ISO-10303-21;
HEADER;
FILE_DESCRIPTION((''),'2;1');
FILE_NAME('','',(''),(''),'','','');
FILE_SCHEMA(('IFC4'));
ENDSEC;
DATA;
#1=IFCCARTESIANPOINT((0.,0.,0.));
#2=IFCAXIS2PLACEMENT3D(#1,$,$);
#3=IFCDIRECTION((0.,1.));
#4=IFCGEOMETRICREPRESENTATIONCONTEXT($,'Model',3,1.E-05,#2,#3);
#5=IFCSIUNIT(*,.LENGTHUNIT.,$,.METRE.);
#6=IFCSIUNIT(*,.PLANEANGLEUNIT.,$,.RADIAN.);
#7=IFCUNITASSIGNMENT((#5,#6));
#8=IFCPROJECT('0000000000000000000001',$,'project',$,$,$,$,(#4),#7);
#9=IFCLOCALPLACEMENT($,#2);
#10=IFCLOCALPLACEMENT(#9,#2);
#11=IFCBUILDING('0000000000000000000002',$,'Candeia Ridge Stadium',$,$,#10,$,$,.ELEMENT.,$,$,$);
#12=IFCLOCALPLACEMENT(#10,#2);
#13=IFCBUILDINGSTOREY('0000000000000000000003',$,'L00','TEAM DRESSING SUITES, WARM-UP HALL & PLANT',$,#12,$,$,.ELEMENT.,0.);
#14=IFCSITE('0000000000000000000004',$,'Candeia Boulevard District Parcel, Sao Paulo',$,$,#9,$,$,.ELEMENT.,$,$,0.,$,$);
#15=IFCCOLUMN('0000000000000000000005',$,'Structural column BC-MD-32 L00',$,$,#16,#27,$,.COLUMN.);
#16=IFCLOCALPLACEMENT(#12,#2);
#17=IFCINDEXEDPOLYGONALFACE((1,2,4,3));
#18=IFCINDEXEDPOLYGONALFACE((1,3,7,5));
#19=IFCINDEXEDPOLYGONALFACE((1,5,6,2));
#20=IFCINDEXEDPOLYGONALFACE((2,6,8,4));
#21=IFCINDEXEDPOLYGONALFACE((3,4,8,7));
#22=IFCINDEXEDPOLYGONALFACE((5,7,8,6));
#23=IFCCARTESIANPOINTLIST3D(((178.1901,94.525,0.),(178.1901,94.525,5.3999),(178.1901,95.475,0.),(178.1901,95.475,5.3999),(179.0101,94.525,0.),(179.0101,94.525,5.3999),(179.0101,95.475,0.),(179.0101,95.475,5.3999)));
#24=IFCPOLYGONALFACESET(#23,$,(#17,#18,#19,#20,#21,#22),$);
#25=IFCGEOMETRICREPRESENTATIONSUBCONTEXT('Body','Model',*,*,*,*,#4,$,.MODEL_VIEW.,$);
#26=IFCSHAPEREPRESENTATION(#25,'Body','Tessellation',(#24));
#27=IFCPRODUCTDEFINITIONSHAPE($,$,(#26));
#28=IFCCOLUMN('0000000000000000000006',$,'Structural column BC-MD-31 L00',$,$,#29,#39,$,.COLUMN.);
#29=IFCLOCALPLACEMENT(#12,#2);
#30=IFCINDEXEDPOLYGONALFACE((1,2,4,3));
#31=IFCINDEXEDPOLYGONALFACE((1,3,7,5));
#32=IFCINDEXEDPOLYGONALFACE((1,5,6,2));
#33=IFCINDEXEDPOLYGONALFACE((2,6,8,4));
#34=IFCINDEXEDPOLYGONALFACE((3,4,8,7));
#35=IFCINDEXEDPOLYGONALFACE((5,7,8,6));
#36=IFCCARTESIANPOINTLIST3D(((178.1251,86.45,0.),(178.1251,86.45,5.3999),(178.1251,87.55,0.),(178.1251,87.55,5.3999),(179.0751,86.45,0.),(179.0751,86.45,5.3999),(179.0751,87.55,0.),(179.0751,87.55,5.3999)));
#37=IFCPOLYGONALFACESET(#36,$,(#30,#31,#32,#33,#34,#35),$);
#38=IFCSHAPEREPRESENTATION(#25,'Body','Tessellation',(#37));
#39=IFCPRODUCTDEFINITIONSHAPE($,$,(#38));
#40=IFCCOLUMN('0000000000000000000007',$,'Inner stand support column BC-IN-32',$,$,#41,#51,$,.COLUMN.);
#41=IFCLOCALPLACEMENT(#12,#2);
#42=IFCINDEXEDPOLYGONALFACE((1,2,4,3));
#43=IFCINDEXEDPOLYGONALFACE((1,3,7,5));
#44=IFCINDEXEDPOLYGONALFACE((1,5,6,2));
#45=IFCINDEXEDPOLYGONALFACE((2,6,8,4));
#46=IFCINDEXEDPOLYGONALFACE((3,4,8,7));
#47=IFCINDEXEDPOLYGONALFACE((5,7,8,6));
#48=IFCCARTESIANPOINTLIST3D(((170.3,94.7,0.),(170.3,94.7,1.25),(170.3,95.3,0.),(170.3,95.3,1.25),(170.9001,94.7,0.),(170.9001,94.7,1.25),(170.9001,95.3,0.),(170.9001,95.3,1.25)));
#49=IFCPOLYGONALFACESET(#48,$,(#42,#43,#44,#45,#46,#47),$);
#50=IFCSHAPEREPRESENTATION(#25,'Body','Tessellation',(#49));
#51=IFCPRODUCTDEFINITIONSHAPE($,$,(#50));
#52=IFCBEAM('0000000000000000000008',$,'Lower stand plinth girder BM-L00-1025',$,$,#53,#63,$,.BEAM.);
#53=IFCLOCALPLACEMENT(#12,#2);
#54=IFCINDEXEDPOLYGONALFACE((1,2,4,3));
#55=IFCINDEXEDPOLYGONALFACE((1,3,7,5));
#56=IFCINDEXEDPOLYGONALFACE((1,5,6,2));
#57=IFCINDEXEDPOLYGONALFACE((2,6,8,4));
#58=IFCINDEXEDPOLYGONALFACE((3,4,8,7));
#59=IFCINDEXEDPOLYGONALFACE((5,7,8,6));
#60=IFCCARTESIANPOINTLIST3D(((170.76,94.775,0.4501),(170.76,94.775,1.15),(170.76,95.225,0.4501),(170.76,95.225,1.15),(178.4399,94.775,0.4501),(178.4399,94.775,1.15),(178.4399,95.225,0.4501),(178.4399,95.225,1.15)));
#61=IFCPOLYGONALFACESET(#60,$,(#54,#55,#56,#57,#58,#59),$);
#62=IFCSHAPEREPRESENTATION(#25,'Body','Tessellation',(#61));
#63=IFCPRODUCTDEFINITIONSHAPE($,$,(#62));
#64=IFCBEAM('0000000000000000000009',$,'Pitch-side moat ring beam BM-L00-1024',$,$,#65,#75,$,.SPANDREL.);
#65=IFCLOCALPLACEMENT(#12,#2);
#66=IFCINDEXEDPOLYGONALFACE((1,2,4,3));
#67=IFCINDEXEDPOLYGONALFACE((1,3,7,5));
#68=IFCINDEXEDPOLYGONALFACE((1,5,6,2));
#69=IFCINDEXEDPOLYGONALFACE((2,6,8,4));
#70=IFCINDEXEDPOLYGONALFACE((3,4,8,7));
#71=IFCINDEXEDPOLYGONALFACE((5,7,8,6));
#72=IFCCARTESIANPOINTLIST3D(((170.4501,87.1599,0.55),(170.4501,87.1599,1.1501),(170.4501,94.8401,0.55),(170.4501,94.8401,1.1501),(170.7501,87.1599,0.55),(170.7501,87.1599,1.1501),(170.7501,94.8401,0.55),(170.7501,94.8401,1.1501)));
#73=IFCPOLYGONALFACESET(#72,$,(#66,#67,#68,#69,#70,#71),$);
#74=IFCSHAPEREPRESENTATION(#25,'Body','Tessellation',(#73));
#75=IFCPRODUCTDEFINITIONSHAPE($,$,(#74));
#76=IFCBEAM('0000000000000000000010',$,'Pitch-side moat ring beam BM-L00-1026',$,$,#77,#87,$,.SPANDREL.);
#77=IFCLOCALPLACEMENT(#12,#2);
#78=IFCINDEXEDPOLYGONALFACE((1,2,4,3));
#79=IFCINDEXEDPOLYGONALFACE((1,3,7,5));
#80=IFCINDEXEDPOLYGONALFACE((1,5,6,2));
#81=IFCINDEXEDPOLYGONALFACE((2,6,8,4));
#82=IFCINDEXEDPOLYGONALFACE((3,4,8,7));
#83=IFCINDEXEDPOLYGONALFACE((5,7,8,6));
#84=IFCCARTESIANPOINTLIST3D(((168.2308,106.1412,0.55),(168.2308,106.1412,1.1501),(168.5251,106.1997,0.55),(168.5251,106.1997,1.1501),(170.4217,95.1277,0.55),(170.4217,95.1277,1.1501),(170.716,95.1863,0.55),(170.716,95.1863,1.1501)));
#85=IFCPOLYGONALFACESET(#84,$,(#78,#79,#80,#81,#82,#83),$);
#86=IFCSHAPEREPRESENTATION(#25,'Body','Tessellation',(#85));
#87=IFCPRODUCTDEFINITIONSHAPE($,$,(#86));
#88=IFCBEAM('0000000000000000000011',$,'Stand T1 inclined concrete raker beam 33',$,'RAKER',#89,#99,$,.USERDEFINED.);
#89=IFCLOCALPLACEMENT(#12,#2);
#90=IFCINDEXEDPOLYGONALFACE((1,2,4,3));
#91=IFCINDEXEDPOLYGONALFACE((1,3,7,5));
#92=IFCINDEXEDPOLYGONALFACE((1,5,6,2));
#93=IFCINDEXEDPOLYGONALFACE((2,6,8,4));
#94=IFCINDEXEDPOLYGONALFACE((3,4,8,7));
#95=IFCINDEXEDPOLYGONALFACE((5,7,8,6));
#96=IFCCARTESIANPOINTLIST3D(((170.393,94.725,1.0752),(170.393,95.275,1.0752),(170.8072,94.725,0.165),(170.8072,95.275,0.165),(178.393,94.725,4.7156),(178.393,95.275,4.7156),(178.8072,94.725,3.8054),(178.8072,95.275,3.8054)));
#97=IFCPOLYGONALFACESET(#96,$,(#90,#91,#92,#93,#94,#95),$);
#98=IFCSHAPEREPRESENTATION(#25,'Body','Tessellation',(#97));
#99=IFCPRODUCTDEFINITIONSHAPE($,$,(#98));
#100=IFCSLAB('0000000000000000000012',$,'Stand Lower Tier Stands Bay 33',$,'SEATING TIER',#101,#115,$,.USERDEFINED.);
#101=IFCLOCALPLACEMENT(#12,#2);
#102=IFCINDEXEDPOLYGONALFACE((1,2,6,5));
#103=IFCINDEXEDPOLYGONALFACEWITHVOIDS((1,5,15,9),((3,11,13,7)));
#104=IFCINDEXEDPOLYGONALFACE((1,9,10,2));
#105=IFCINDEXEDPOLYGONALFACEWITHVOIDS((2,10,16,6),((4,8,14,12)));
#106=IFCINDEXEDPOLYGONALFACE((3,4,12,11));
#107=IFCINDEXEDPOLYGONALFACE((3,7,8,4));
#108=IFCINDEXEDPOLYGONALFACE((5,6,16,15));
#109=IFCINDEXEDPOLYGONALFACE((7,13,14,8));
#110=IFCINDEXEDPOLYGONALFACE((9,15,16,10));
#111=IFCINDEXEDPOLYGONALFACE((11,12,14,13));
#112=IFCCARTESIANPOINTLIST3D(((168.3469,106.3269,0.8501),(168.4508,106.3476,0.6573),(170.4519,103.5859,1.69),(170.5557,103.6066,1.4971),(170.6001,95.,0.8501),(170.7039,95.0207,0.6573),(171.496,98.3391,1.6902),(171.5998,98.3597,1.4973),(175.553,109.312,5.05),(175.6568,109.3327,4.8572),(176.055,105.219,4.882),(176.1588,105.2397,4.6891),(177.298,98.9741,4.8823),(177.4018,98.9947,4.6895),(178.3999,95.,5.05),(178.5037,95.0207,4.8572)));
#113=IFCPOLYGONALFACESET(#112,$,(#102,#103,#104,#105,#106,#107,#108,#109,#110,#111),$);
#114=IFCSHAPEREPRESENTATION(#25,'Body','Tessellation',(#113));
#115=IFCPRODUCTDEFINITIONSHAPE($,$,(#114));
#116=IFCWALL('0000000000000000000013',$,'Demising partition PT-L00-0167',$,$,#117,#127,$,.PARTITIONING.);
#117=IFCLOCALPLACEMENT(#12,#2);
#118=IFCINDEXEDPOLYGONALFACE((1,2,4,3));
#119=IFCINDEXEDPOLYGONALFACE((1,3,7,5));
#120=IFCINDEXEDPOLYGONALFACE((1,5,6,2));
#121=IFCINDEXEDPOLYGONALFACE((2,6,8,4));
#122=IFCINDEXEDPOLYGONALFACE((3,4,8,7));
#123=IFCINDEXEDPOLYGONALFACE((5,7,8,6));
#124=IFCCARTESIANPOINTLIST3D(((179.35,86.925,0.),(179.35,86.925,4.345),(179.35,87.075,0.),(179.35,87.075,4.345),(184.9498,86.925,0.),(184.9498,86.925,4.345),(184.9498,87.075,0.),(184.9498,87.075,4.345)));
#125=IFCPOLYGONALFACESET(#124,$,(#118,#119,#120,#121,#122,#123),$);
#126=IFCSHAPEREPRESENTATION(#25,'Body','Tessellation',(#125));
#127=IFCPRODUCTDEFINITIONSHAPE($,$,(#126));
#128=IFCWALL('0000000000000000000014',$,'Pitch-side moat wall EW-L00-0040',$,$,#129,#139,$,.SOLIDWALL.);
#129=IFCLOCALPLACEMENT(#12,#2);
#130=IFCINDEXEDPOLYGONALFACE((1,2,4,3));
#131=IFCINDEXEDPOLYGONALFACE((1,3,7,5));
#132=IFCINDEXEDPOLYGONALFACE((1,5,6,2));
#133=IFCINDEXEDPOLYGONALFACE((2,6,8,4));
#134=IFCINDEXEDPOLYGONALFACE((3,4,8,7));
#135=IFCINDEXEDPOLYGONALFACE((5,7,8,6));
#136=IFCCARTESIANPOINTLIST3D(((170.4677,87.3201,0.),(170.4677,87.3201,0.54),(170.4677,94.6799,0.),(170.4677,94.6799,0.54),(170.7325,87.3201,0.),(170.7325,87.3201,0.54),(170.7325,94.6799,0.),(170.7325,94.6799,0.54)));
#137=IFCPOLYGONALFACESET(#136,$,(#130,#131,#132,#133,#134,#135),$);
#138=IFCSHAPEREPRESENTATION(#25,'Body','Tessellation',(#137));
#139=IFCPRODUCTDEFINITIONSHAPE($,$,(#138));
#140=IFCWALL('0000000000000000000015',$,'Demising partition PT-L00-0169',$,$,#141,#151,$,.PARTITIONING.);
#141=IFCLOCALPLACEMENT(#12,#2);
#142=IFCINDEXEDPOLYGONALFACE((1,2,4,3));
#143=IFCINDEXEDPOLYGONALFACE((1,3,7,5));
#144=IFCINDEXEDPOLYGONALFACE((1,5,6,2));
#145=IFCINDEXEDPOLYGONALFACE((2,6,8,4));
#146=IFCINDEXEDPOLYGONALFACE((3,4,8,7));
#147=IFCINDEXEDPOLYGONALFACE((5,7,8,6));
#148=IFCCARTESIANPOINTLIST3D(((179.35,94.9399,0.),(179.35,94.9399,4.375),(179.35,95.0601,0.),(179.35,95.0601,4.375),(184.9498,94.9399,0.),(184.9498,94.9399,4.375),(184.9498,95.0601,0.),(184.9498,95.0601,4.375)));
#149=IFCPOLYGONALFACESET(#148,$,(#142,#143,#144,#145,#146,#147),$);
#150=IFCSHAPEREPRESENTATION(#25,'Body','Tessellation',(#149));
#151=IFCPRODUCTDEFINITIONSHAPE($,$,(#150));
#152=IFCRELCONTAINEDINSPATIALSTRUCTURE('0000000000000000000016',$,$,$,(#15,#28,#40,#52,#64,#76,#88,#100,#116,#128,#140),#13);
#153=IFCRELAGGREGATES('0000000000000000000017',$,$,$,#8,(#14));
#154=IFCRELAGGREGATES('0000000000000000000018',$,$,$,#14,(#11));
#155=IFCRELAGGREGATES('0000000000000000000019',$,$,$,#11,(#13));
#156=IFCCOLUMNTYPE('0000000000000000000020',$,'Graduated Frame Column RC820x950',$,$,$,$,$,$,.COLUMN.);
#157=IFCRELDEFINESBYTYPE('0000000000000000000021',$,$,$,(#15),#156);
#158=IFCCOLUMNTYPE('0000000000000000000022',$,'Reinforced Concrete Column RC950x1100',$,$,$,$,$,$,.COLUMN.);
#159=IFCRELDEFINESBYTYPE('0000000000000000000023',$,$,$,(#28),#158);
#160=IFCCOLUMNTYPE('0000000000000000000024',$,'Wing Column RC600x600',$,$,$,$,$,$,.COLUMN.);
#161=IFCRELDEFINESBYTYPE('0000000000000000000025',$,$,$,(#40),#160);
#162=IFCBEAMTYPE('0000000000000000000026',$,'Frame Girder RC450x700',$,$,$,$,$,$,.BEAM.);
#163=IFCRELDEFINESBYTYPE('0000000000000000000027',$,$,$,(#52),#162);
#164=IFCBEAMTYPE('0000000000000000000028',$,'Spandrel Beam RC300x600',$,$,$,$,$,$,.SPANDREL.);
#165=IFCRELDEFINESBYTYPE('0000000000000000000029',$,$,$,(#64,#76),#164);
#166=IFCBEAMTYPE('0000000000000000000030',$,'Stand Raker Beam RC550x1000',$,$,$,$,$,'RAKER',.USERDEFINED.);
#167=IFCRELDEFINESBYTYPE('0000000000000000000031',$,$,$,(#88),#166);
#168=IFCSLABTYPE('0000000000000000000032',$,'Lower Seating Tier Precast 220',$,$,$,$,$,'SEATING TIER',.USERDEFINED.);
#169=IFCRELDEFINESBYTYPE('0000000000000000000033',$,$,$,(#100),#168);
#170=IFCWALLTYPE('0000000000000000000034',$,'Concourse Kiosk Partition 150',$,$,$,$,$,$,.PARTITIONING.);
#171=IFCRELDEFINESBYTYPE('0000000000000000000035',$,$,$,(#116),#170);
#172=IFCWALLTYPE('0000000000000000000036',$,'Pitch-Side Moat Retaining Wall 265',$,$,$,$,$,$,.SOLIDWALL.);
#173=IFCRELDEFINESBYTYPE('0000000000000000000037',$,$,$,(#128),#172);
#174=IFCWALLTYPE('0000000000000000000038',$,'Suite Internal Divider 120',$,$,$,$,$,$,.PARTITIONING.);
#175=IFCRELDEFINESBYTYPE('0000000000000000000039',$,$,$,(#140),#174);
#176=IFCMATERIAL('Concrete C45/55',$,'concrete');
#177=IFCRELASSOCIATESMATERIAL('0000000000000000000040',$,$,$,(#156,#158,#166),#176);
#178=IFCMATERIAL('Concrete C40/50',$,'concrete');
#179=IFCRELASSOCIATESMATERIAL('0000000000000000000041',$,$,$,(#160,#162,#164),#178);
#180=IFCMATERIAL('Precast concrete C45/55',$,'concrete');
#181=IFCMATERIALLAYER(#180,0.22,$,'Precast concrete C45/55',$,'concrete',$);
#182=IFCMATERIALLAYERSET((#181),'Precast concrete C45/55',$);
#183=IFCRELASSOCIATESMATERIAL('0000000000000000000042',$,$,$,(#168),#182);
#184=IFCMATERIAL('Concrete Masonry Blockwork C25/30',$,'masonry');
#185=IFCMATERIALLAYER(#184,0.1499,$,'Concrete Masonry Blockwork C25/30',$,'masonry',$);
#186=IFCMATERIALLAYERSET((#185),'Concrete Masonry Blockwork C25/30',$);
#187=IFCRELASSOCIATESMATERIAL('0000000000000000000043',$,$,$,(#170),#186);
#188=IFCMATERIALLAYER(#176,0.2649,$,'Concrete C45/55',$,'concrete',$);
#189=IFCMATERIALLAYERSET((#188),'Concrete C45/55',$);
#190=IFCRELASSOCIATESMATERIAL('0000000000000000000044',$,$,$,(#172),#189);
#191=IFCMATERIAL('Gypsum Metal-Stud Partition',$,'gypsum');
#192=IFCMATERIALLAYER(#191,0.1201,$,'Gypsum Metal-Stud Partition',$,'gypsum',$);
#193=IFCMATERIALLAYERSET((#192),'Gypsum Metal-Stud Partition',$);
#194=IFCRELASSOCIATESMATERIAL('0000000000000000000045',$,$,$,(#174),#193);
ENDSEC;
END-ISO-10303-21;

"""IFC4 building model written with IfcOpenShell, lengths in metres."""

from ifc_helpers import new_model, si_unit, direction, frame, frame_2d, origin, origin_2d, place, context, subcontext, project, spatial, polyline, rectangle, outline, extrude, material, layer, layer_set, material_profile, profile_set, type_object, element, save


model = new_model("IFC4")

# Units and contexts
model_context = context("Model", 3, precision=1e-05, world=origin(), true_north=direction((0.0, 1.0)))
body_context = subcontext(model_context, "Body", "Model", "MODEL_VIEW")
ifc_project = project(units=[si_unit("LENGTHUNIT", "METRE"), si_unit("PLANEANGLEUNIT", "RADIAN")], contexts=[model_context])

# Site, building, storey
site_placement = place(None, origin())
site = spatial("IfcSite", under=ifc_project, at=site_placement, Name="Candeia Boulevard District Parcel, Sao Paulo", CompositionType="ELEMENT", RefElevation=0.0)
building_placement = place(site_placement, origin())
building = spatial("IfcBuilding", under=site, at=building_placement, Name="Candeia Ridge Stadium", CompositionType="ELEMENT")
storey_placement = place(building_placement, origin())
storey = spatial("IfcBuildingStorey", under=building, at=storey_placement, Name="L00", Description="TEAM DRESSING SUITES, WARM-UP HALL & PLANT", CompositionType="ELEMENT", Elevation=0.0)

# Shared definitions
ifc_material_1 = material(Name="Concrete C40/50", Category="concrete")

# Columns
ifc_material_2 = material(Name="Concrete C45/55", Category="concrete")
ifc_material_profile_1 = material_profile(ifc_material_2, rectangle(XDim=0.8201, YDim=0.95, at=origin_2d()), Name="RC820x950", Category="concrete")
ifc_profile_set_1 = profile_set([ifc_material_profile_1], Name="Concrete C45/55")
column_type_1 = type_object("IfcColumnType", Name="Graduated Frame Column RC820x950", PredefinedType="COLUMN", material=ifc_profile_set_1)
column_1_placement = place(storey_placement, frame((178.6001, 95.0, 0.0), z_axis=(0.0, 0.0, 1.0), x_axis=(1.0, 0.0, 0.0)))
element("IfcColumn", 1, at=column_1_placement, inside=storey, type_object=column_type_1, Name="Structural column BC-MD-32 L00", PredefinedType="COLUMN", context=body_context, shape_type="SweptSolid", body=[
    extrude(rectangle(XDim=0.8201, YDim=0.95, at=origin_2d()), origin(), (0.0, 0.0, 1.0), 5.3999),
])
ifc_material_profile_2 = material_profile(ifc_material_2, rectangle(XDim=0.95, YDim=1.1001, at=origin_2d()), Name="RC950x1100", Category="concrete")
ifc_profile_set_2 = profile_set([ifc_material_profile_2], Name="Concrete C45/55")
column_type_2 = type_object("IfcColumnType", Name="Reinforced Concrete Column RC950x1100", PredefinedType="COLUMN", material=ifc_profile_set_2)
column_2_placement = place(storey_placement, frame((178.6001, 87.0, 0.0), z_axis=(0.0, 0.0, 1.0), x_axis=(1.0, 0.0, 0.0)))
element("IfcColumn", 2, at=column_2_placement, inside=storey, type_object=column_type_2, Name="Structural column BC-MD-31 L00", PredefinedType="COLUMN", context=body_context, shape_type="SweptSolid", body=[
    extrude(rectangle(XDim=0.95, YDim=1.1001, at=origin_2d()), origin(), (0.0, 0.0, 1.0), 5.3999),
])
ifc_material_profile_3 = material_profile(ifc_material_1, rectangle(XDim=0.6001, YDim=0.6001, at=origin_2d()), Name="RC600x600", Category="concrete")
ifc_profile_set_3 = profile_set([ifc_material_profile_3], Name="Concrete C40/50")
column_type_3 = type_object("IfcColumnType", Name="Wing Column RC600x600", PredefinedType="COLUMN", material=ifc_profile_set_3)
column_3_placement = place(storey_placement, frame((170.6001, 95.0, 0.0), z_axis=(0.0, 0.0, 1.0), x_axis=(1.0, 0.0, 0.0)))
element("IfcColumn", 3, at=column_3_placement, inside=storey, type_object=column_type_3, Name="Inner stand support column BC-IN-32", PredefinedType="COLUMN", context=body_context, shape_type="SweptSolid", body=[
    extrude(rectangle(XDim=0.6001, YDim=0.6001, at=origin_2d()), origin(), (0.0, 0.0, 1.0), 1.25),
])

# Beams
ifc_material_profile_4 = material_profile(ifc_material_1, rectangle(XDim=0.45, YDim=0.7, at=origin_2d()), Name="RC450x700", Category="concrete")
ifc_profile_set_4 = profile_set([ifc_material_profile_4], Name="Concrete C40/50")
beam_type_1 = type_object("IfcBeamType", Name="Frame Girder RC450x700", PredefinedType="BEAM", material=ifc_profile_set_4)
beam_1_placement = place(storey_placement, frame((170.76, 95.0, 0.8), z_axis=(1.0, 0.0, 0.0), x_axis=(0.0, 1.0, 0.0)))
element("IfcBeam", 4, at=beam_1_placement, inside=storey, type_object=beam_type_1, Name="Lower stand plinth girder BM-L00-1025", PredefinedType="BEAM", context=body_context, shape_type="SweptSolid", body=[
    extrude(rectangle(XDim=0.45, YDim=0.7, at=origin_2d()), origin(), (0.0, 0.0, 1.0), 7.6799),
])
ifc_material_profile_5 = material_profile(ifc_material_1, rectangle(XDim=0.3, YDim=0.6001, at=origin_2d()), Name="RC300x600", Category="concrete")
ifc_profile_set_5 = profile_set([ifc_material_profile_5], Name="Concrete C40/50")
beam_type_2 = type_object("IfcBeamType", Name="Spandrel Beam RC300x600", PredefinedType="SPANDREL", material=ifc_profile_set_5)
beam_2_placement = place(storey_placement, frame((170.6001, 87.1599, 0.8501), z_axis=(0.0, 1.0, 0.0), x_axis=(-1.0, 0.0, 0.0)))
element("IfcBeam", 5, at=beam_2_placement, inside=storey, type_object=beam_type_2, Name="Pitch-side moat ring beam BM-L00-1024", PredefinedType="SPANDREL", context=body_context, shape_type="SweptSolid", body=[
    extrude(rectangle(XDim=0.3, YDim=0.6001, at=origin_2d()), origin(), (0.0, 0.0, 1.0), 7.6802),
])
beam_3_placement = place(storey_placement, frame((170.5688, 95.157, 0.8501), z_axis=(-0.195108, 0.980782, 0.0), x_axis=(-0.980782, -0.195108, 0.0)))
element("IfcBeam", 6, at=beam_3_placement, inside=storey, type_object=beam_type_2, Name="Pitch-side moat ring beam BM-L00-1026", PredefinedType="SPANDREL", context=body_context, shape_type="SweptSolid", body=[
    extrude(rectangle(XDim=0.3, YDim=0.6001, at=origin_2d()), origin(), (0.0, 0.0, 1.0), 11.2292),
])
ifc_material_profile_6 = material_profile(ifc_material_2, rectangle(XDim=0.55, YDim=1.0, at=origin_2d()), Name="RC550x1000", Category="concrete")
ifc_profile_set_6 = profile_set([ifc_material_profile_6], Name="Concrete C45/55")
beam_type_3 = type_object("IfcBeamType", Name="Stand Raker Beam RC550x1000", ElementType="RAKER", PredefinedType="USERDEFINED", material=ifc_profile_set_6)
beam_4_placement = place(storey_placement, frame((170.6001, 95.0, 0.6201), z_axis=(0.910194, 0.0, 0.414182), x_axis=(0.0, 1.0, 0.0)))
element("IfcBeam", 7, at=beam_4_placement, inside=storey, type_object=beam_type_3, Name="Stand T1 inclined concrete raker beam 33", ObjectType="RAKER", PredefinedType="USERDEFINED", context=body_context, shape_type="SweptSolid", body=[
    extrude(rectangle(XDim=0.55, YDim=1.0, at=origin_2d()), origin(), (0.0, 0.0, 1.0), 8.7893),
])

# Slab
ifc_material_3 = material(Name="Precast concrete C45/55", Category="concrete")
ifc_layer_1 = layer(ifc_material_3, 0.22, Name="Precast concrete C45/55", Category="concrete")
ifc_layer_set_1 = layer_set([ifc_layer_1], Name="Precast concrete C45/55")
slab_type = type_object("IfcSlabType", Name="Lower Seating Tier Precast 220", ElementType="SEATING TIER", PredefinedType="USERDEFINED", material=ifc_layer_set_1)
slab_placement = place(storey_placement, frame((170.6001, 95.0, 0.8501), z_axis=(-0.472009, -0.093892, 0.876579), x_axis=(-0.195099, 0.980784, -0.000001)))
element("IfcSlab", 8, at=slab_placement, inside=storey, type_object=slab_type, Name="Stand Lower Tier Stands Bay 33", ObjectType="SEATING TIER", PredefinedType="USERDEFINED", context=body_context, shape_type="SweptSolid", body=[
    extrude(outline(polyline([(0.0, 0.0), (11.5488, 0.0), (13.0707, -8.7271), (-1.5217, -8.727), (0.0, 0.0)]), holes=[polyline([(3.1001, -1.7456), (8.4499, -1.7451), (8.9584, -8.3778), (2.591, -8.3786), (3.1001, -1.7456)])]), origin(), (0.0, 0.0, -1.0), 0.22),
])

# Walls
ifc_material_4 = material(Name="Concrete Masonry Blockwork C25/30", Category="masonry")
ifc_layer_2 = layer(ifc_material_4, 0.1499, Name="Concrete Masonry Blockwork C25/30", Category="masonry")
ifc_layer_set_2 = layer_set([ifc_layer_2], Name="Concrete Masonry Blockwork C25/30")
wall_type_1 = type_object("IfcWallType", Name="Concourse Kiosk Partition 150", PredefinedType="PARTITIONING", material=ifc_layer_set_2)
wall_1_placement = place(storey_placement, frame((179.3501, 87.0, 0.0), z_axis=(0.0, 0.0, 1.0), x_axis=(1.0, 0.0, 0.0)))
element("IfcWall", 9, at=wall_1_placement, inside=storey, type_object=wall_type_1, Name="Demising partition PT-L00-0167", PredefinedType="PARTITIONING", context=body_context, shape_type="SweptSolid", body=[
    extrude(rectangle(XDim=5.5999, YDim=0.1499, at=frame_2d((2.7998, 0.0))), origin(), (0.0, 0.0, 1.0), 4.345),
])
ifc_layer_3 = layer(ifc_material_2, 0.2649, Name="Concrete C45/55", Category="concrete")
ifc_layer_set_3 = layer_set([ifc_layer_3], Name="Concrete C45/55")
wall_type_2 = type_object("IfcWallType", Name="Pitch-Side Moat Retaining Wall 265", PredefinedType="SOLIDWALL", material=ifc_layer_set_3)
wall_2_placement = place(storey_placement, frame((170.6001, 87.3201, 0.0), z_axis=(0.0, 0.0, 1.0), x_axis=(0.0, 1.0, 0.0)))
element("IfcWall", 10, at=wall_2_placement, inside=storey, type_object=wall_type_2, Name="Pitch-side moat wall EW-L00-0040", PredefinedType="SOLIDWALL", context=body_context, shape_type="SweptSolid", body=[
    extrude(rectangle(XDim=7.3599, YDim=0.2649, at=frame_2d((3.6799, 0.0))), origin(), (0.0, 0.0, 1.0), 0.54),
])
ifc_material_5 = material(Name="Gypsum Metal-Stud Partition", Category="gypsum")
ifc_layer_4 = layer(ifc_material_5, 0.1201, Name="Gypsum Metal-Stud Partition", Category="gypsum")
ifc_layer_set_4 = layer_set([ifc_layer_4], Name="Gypsum Metal-Stud Partition")
wall_type_3 = type_object("IfcWallType", Name="Suite Internal Divider 120", PredefinedType="PARTITIONING", material=ifc_layer_set_4)
wall_3_placement = place(storey_placement, frame((179.3501, 95.0, 0.0), z_axis=(0.0, 0.0, 1.0), x_axis=(1.0, 0.0, 0.0)))
element("IfcWall", 11, at=wall_3_placement, inside=storey, type_object=wall_type_3, Name="Demising partition PT-L00-0169", PredefinedType="PARTITIONING", context=body_context, shape_type="SweptSolid", body=[
    extrude(rectangle(XDim=5.5999, YDim=0.1201, at=frame_2d((2.7998, 0.0))), origin(), (0.0, 0.0, 1.0), 4.375),
])

save(model, "model.ifc")
